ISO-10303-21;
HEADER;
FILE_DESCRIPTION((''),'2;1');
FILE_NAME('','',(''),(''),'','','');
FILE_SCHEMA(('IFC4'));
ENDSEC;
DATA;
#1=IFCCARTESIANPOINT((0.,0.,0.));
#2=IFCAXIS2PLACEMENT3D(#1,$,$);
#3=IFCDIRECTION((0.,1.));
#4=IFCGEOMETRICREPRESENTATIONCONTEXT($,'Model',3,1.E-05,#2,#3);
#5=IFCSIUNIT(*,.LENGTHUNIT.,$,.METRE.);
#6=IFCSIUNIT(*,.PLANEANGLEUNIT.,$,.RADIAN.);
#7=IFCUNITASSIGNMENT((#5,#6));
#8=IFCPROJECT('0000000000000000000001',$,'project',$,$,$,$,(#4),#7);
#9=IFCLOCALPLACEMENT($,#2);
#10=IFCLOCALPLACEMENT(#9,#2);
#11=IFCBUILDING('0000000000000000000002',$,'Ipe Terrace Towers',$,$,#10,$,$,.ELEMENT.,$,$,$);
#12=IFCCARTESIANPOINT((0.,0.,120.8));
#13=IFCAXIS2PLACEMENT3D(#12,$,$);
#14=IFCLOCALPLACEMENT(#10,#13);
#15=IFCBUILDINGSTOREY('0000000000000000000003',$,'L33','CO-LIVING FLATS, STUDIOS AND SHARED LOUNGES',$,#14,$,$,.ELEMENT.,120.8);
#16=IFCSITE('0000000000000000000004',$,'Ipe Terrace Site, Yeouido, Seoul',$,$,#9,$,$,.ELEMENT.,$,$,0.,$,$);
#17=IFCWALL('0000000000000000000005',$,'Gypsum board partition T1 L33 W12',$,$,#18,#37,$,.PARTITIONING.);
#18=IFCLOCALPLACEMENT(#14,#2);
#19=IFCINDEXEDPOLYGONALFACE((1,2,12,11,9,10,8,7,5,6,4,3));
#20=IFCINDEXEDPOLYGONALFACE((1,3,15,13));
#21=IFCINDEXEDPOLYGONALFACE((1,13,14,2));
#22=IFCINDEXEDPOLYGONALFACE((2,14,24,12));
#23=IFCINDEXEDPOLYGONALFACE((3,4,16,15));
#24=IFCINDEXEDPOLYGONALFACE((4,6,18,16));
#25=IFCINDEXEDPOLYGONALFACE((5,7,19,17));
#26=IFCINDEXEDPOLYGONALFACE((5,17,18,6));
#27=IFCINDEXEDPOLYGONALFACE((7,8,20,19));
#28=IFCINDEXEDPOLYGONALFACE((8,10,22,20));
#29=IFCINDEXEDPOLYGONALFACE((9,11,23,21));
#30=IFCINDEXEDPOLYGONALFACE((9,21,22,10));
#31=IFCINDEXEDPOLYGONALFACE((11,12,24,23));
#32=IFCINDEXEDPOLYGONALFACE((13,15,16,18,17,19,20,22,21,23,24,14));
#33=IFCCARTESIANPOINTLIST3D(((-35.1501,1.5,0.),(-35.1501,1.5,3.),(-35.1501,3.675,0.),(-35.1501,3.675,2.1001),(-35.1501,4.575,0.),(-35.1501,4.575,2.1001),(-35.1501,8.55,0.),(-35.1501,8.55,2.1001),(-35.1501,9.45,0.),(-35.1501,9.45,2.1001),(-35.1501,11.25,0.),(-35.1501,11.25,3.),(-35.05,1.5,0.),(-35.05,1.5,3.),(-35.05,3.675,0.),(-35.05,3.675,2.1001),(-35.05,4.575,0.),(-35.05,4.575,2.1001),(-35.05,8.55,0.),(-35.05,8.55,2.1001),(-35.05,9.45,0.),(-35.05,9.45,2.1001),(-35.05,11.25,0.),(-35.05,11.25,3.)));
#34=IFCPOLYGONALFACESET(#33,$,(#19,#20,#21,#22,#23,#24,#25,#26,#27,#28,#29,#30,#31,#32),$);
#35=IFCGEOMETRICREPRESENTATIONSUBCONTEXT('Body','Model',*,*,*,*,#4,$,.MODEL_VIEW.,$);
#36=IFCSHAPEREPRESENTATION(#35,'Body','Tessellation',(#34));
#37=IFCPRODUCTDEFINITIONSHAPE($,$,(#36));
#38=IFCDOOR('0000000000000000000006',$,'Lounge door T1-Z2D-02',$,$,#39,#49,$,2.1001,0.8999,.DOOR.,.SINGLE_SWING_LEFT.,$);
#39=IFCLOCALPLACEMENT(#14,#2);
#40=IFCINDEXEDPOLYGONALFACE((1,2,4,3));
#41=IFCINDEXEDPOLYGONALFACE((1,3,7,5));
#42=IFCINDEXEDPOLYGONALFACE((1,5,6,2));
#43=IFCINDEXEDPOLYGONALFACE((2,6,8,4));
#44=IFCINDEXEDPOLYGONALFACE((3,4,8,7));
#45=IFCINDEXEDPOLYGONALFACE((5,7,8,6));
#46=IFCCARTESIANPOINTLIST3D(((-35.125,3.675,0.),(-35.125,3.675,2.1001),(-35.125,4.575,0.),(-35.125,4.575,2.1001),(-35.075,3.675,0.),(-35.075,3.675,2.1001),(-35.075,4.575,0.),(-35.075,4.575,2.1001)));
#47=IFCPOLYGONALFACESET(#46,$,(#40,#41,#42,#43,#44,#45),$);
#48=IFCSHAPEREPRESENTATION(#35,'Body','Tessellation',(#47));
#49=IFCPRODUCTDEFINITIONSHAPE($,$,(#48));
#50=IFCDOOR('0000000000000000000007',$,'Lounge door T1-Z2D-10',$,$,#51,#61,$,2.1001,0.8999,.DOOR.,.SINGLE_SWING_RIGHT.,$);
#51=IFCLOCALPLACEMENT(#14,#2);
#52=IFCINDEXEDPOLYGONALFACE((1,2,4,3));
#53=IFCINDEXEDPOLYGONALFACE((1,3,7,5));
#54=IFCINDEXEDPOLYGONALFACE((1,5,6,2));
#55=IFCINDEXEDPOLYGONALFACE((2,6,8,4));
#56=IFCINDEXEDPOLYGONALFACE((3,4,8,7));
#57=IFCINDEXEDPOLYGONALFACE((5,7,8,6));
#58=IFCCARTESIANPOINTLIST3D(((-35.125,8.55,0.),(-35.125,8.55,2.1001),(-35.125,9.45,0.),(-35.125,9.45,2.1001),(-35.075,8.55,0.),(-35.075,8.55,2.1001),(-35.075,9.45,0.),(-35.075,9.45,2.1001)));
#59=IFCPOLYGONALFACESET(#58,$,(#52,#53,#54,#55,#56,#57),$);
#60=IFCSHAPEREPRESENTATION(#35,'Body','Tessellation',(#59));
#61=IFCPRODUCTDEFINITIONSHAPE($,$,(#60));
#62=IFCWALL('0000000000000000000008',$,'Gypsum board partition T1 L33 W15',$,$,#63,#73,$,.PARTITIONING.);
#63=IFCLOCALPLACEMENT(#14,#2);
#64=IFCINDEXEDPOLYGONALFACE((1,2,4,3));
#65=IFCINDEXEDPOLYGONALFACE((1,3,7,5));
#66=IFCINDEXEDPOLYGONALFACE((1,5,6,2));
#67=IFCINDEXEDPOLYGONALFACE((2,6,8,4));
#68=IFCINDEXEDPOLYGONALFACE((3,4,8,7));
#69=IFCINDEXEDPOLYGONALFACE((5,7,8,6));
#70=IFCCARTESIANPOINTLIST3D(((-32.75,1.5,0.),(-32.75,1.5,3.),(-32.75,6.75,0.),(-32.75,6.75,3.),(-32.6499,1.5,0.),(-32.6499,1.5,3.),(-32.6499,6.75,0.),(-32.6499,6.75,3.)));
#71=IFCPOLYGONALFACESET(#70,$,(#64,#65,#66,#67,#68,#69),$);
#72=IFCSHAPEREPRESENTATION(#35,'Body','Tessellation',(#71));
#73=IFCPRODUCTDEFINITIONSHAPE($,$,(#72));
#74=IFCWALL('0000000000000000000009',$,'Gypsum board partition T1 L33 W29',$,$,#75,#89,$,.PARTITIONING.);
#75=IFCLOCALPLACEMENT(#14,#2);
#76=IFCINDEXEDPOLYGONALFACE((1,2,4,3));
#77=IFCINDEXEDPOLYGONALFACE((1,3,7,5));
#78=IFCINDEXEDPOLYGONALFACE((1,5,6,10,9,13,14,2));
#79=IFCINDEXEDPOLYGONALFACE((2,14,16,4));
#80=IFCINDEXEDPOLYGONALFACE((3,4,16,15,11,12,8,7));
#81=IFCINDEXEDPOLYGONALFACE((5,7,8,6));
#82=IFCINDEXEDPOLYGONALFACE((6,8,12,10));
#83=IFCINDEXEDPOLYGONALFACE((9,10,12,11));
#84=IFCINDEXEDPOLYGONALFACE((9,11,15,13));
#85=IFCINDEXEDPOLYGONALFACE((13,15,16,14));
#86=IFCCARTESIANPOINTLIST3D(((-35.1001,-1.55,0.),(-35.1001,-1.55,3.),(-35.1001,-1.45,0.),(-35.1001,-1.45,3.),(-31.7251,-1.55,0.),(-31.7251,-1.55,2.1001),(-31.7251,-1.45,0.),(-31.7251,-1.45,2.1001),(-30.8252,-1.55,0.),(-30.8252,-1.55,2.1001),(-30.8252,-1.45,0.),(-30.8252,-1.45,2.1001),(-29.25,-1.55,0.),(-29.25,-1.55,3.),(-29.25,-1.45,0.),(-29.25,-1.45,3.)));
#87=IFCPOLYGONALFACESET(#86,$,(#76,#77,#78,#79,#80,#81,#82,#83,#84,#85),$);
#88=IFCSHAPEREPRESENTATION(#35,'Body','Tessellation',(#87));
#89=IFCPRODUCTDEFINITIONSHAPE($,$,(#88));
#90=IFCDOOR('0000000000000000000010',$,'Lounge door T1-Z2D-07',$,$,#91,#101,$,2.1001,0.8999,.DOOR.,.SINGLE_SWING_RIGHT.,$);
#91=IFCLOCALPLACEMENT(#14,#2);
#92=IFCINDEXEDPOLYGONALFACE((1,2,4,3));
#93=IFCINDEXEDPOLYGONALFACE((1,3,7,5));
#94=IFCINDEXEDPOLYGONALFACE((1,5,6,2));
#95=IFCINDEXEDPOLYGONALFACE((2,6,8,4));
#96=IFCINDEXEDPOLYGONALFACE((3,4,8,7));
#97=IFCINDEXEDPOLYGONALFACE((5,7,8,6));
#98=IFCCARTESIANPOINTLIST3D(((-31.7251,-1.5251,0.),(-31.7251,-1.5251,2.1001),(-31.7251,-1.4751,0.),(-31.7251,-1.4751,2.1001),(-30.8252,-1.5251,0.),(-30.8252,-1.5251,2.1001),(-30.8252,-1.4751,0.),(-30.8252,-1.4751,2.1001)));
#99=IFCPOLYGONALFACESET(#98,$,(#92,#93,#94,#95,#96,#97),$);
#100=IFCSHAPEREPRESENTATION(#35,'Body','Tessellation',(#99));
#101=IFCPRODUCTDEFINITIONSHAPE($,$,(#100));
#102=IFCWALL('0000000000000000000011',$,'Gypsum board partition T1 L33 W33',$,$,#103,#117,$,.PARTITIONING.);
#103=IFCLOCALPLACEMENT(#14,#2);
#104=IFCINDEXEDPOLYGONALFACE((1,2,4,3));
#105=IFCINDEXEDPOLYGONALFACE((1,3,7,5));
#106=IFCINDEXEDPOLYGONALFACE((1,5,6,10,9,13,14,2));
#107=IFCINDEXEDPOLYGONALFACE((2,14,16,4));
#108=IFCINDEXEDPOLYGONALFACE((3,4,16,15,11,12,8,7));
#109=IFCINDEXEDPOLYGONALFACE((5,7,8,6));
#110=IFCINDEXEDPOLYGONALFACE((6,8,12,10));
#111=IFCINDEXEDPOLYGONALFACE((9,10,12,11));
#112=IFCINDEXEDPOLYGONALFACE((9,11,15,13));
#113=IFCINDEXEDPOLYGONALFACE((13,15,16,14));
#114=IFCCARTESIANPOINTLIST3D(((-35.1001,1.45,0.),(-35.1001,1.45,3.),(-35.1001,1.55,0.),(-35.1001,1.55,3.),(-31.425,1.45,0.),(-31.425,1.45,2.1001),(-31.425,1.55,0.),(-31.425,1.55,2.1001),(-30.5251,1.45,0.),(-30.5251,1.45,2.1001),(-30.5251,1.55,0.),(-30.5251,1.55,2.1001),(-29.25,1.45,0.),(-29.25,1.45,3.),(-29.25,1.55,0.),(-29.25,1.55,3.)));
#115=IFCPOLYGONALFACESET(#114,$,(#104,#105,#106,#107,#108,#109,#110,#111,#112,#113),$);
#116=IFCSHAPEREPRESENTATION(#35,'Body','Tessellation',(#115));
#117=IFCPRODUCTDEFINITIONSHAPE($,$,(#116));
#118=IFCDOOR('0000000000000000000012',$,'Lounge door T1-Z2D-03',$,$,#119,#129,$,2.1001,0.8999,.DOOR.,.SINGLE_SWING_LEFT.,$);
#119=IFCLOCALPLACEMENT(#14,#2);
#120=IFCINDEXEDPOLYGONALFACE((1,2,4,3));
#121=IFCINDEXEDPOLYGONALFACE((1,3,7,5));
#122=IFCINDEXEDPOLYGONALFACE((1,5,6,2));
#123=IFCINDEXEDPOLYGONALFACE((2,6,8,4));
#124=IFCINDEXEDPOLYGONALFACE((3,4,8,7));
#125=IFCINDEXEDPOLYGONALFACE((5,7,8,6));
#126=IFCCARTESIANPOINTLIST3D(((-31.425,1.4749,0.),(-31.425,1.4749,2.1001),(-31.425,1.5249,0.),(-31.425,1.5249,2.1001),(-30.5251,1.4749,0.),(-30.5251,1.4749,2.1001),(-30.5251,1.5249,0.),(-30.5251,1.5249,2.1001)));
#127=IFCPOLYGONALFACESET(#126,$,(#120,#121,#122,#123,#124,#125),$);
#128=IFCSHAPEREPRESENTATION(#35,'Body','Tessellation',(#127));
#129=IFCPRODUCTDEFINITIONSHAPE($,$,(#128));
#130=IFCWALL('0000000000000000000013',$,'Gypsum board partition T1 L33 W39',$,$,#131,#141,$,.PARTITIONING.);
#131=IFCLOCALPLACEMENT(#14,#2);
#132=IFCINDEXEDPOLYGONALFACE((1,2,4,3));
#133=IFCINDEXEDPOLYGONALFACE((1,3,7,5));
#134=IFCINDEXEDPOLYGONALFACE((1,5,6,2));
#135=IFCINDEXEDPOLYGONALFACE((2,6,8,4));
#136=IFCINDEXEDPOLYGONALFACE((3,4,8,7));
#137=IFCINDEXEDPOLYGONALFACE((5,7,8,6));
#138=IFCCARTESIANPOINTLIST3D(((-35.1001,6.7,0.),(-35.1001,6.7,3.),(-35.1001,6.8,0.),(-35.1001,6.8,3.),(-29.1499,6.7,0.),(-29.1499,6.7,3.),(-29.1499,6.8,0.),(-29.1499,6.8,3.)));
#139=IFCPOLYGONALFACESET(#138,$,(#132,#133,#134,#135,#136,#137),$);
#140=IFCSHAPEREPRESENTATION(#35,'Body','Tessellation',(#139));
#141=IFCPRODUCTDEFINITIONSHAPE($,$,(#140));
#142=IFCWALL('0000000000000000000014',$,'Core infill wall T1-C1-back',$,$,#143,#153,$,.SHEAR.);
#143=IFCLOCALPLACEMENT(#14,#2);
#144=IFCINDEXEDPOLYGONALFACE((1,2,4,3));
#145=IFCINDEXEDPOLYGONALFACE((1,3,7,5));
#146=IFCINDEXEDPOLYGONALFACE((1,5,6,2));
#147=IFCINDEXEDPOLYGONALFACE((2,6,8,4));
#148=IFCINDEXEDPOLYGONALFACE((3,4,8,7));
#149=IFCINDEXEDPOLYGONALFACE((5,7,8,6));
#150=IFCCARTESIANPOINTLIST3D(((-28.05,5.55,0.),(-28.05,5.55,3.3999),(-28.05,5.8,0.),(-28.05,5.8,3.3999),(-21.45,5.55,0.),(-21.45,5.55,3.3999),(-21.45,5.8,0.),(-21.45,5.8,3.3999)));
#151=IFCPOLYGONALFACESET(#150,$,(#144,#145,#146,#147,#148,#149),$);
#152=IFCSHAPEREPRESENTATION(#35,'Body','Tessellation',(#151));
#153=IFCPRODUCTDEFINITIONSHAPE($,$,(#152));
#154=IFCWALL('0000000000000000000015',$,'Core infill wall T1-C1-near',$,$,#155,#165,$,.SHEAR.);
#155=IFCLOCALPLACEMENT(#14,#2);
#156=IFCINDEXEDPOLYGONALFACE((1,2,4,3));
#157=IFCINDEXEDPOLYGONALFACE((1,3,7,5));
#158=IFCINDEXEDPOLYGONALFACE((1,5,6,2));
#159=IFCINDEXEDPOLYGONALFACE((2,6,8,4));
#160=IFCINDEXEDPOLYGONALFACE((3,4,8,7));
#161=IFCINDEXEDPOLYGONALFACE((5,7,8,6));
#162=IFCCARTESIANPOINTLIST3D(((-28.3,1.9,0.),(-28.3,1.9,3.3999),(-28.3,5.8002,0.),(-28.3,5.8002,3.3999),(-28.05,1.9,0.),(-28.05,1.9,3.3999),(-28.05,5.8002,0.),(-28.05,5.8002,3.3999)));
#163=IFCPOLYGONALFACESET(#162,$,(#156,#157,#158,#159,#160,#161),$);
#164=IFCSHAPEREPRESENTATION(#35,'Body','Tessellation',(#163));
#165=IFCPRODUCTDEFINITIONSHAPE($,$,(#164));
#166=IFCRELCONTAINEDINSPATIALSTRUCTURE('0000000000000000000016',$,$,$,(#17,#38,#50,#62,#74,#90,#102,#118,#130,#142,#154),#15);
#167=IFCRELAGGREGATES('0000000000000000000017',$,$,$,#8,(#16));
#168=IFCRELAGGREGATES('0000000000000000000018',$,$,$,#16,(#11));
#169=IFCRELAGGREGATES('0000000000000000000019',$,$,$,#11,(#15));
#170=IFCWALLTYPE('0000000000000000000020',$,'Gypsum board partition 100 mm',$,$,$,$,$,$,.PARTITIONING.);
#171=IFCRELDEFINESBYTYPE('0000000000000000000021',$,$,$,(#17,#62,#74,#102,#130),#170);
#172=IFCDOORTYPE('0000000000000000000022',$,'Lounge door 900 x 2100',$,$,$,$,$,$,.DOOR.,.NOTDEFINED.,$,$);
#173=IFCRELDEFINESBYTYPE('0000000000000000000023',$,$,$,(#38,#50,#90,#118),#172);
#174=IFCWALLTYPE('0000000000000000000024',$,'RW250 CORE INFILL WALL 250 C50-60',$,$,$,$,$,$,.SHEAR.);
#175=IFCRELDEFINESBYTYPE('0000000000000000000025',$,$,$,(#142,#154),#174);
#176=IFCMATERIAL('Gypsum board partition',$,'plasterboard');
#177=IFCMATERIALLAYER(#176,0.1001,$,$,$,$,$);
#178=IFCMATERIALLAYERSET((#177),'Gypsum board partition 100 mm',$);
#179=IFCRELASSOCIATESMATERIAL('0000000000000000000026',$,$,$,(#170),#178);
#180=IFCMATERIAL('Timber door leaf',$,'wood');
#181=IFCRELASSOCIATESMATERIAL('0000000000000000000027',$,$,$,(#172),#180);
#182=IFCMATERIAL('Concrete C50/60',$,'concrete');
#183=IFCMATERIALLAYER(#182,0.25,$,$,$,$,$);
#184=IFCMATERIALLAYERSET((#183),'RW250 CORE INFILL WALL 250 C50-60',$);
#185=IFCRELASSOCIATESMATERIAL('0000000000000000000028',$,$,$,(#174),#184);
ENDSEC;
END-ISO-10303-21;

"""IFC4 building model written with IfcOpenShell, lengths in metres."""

from ifc_helpers import new_model, si_unit, direction, frame, frame_2d, origin, place, context, subcontext, project, spatial, rectangle, extrude, material, layer, layer_set, type_object, element, fill, save


model = new_model("IFC4")

# Units and contexts
model_context = context("Model", 3, precision=1e-05, world=origin(), true_north=direction((0.0, 1.0)))
body_context = subcontext(model_context, "Body", "Model", "MODEL_VIEW")
ifc_project = project(units=[si_unit("LENGTHUNIT", "METRE"), si_unit("PLANEANGLEUNIT", "RADIAN")], contexts=[model_context])

# Site, building, storey
site_placement = place(None, origin())
site = spatial("IfcSite", under=ifc_project, at=site_placement, Name="Ipe Terrace Site, Yeouido, Seoul", CompositionType="ELEMENT", RefElevation=0.0)
building_placement = place(site_placement, origin())
building = spatial("IfcBuilding", under=site, at=building_placement, Name="Ipe Terrace Towers", CompositionType="ELEMENT")
storey_placement = place(building_placement, frame((0.0, 0.0, 120.8)))
storey = spatial("IfcBuildingStorey", under=building, at=storey_placement, Name="L33", Description="CO-LIVING FLATS, STUDIOS AND SHARED LOUNGES", CompositionType="ELEMENT", Elevation=120.8)

# Wall, openings, doors
ifc_material_1 = material(Name="Gypsum board partition", Category="plasterboard")
ifc_layer_1 = layer(ifc_material_1, 0.1001)
ifc_layer_set_1 = layer_set([ifc_layer_1], Name="Gypsum board partition 100 mm")
wall_type_1 = type_object("IfcWallType", Name="Gypsum board partition 100 mm", PredefinedType="PARTITIONING", material=ifc_layer_set_1)
ifc_material_2 = material(Name="Timber door leaf", Category="wood")
door_type_1 = type_object("IfcDoorType", Name="Lounge door 900 x 2100", OperationType="NOTDEFINED", PredefinedType="DOOR", material=ifc_material_2)
wall_1_placement = place(storey_placement, frame((-35.1001, 1.5, 0.0), z_axis=(0.0, 0.0, 1.0), x_axis=(0.0, 1.0, 0.0)))
wall_1 = element("IfcWall", 1, at=wall_1_placement, inside=storey, type_object=wall_type_1, Name="Gypsum board partition T1 L33 W12", PredefinedType="PARTITIONING", context=body_context, shape_type="SweptSolid", body=[
    extrude(rectangle(XDim=9.75, YDim=0.1001, at=frame_2d((4.875, 0.0))), origin(), (0.0, 0.0, 1.0), 3.0),
])
opening_1_placement = place(wall_1_placement, frame((2.175, 0.0, 0.0)))
opening_1 = element("IfcOpeningElement", 2, at=opening_1_placement, cuts=wall_1, PredefinedType="OPENING", context=body_context, shape_type="SweptSolid", body=[
    extrude(rectangle(XDim=0.8999, YDim=2.1001, at=frame_2d((0.45, 1.05))), frame((0.0, 0.0601, 0.0), z_axis=(0.0, -1.0, 0.0), x_axis=(1.0, 0.0, 0.0)), (0.0, 0.0, 1.0), 0.1201),
])
opening_2_placement = place(wall_1_placement, frame((7.05, 0.0, 0.0)))
opening_2 = element("IfcOpeningElement", 3, at=opening_2_placement, cuts=wall_1, PredefinedType="OPENING", context=body_context, shape_type="SweptSolid", body=[
    extrude(rectangle(XDim=0.8999, YDim=2.1001, at=frame_2d((0.45, 1.05))), frame((0.0, 0.0601, 0.0), z_axis=(0.0, -1.0, 0.0), x_axis=(1.0, 0.0, 0.0)), (0.0, 0.0, 1.0), 0.1201),
])
door_1_placement = place(opening_1_placement, origin())
door_1 = element("IfcDoor", 4, at=door_1_placement, inside=storey, type_object=door_type_1, Name="Lounge door T1-Z2D-02", OperationType="SINGLE_SWING_LEFT", OverallHeight=2.1001, OverallWidth=0.8999, PredefinedType="DOOR", context=body_context, shape_type="SweptSolid", body=[
    extrude(rectangle(XDim=0.8999, YDim=2.1001, at=frame_2d((0.45, 1.05))), frame((0.0, 0.0249, 0.0), z_axis=(0.0, -1.0, 0.0), x_axis=(1.0, 0.0, 0.0)), (0.0, 0.0, 1.0), 0.05),
])
fill(opening_1, door_1)
door_2_placement = place(opening_2_placement, origin())
door_2 = element("IfcDoor", 5, at=door_2_placement, inside=storey, type_object=door_type_1, Name="Lounge door T1-Z2D-10", OperationType="SINGLE_SWING_RIGHT", OverallHeight=2.1001, OverallWidth=0.8999, PredefinedType="DOOR", context=body_context, shape_type="SweptSolid", body=[
    extrude(rectangle(XDim=0.8999, YDim=2.1001, at=frame_2d((0.45, 1.05))), frame((0.0, 0.0249, 0.0), z_axis=(0.0, -1.0, 0.0), x_axis=(1.0, 0.0, 0.0)), (0.0, 0.0, 1.0), 0.05),
])
fill(opening_2, door_2)

# Wall
wall_2_placement = place(storey_placement, frame((-32.7, 1.5, 0.0), z_axis=(0.0, 0.0, 1.0), x_axis=(0.0, 1.0, 0.0)))
element("IfcWall", 6, at=wall_2_placement, inside=storey, type_object=wall_type_1, Name="Gypsum board partition T1 L33 W15", PredefinedType="PARTITIONING", context=body_context, shape_type="SweptSolid", body=[
    extrude(rectangle(XDim=5.25, YDim=0.1001, at=frame_2d((2.625, 0.0))), origin(), (0.0, 0.0, 1.0), 3.0),
])

# Walls, openings, doors
wall_3_placement = place(storey_placement, frame((-35.1001, -1.5, 0.0), z_axis=(0.0, 0.0, 1.0), x_axis=(1.0, 0.0, 0.0)))
wall_3 = element("IfcWall", 7, at=wall_3_placement, inside=storey, type_object=wall_type_1, Name="Gypsum board partition T1 L33 W29", PredefinedType="PARTITIONING", context=body_context, shape_type="SweptSolid", body=[
    extrude(rectangle(XDim=5.8501, YDim=0.1001, at=frame_2d((2.925, 0.0))), origin(), (0.0, 0.0, 1.0), 3.0),
])
opening_3_placement = place(wall_3_placement, frame((3.375, 0.0, 0.0)))
opening_3 = element("IfcOpeningElement", 8, at=opening_3_placement, cuts=wall_3, PredefinedType="OPENING", context=body_context, shape_type="SweptSolid", body=[
    extrude(rectangle(XDim=0.8999, YDim=2.1001, at=frame_2d((0.45, 1.05))), frame((0.0, 0.0601, 0.0), z_axis=(0.0, -1.0, 0.0), x_axis=(1.0, 0.0, 0.0)), (0.0, 0.0, 1.0), 0.1201),
])
door_3_placement = place(opening_3_placement, origin())
door_3 = element("IfcDoor", 9, at=door_3_placement, inside=storey, type_object=door_type_1, Name="Lounge door T1-Z2D-07", OperationType="SINGLE_SWING_RIGHT", OverallHeight=2.1001, OverallWidth=0.8999, PredefinedType="DOOR", context=body_context, shape_type="SweptSolid", body=[
    extrude(rectangle(XDim=0.8999, YDim=2.1001, at=frame_2d((0.45, 1.05))), frame((0.0, 0.0249, 0.0), z_axis=(0.0, -1.0, 0.0), x_axis=(1.0, 0.0, 0.0)), (0.0, 0.0, 1.0), 0.05),
])
fill(opening_3, door_3)
wall_4_placement = place(storey_placement, frame((-35.1001, 1.5, 0.0), z_axis=(0.0, 0.0, 1.0), x_axis=(1.0, 0.0, 0.0)))
wall_4 = element("IfcWall", 10, at=wall_4_placement, inside=storey, type_object=wall_type_1, Name="Gypsum board partition T1 L33 W33", PredefinedType="PARTITIONING", context=body_context, shape_type="SweptSolid", body=[
    extrude(rectangle(XDim=5.8501, YDim=0.1001, at=frame_2d((2.925, 0.0))), origin(), (0.0, 0.0, 1.0), 3.0),
])
opening_4_placement = place(wall_4_placement, frame((3.675, 0.0, 0.0)))
opening_4 = element("IfcOpeningElement", 11, at=opening_4_placement, cuts=wall_4, PredefinedType="OPENING", context=body_context, shape_type="SweptSolid", body=[
    extrude(rectangle(XDim=0.8999, YDim=2.1001, at=frame_2d((0.45, 1.05))), frame((0.0, 0.0601, 0.0), z_axis=(0.0, -1.0, 0.0), x_axis=(1.0, 0.0, 0.0)), (0.0, 0.0, 1.0), 0.1201),
])
door_4_placement = place(opening_4_placement, origin())
door_4 = element("IfcDoor", 12, at=door_4_placement, inside=storey, type_object=door_type_1, Name="Lounge door T1-Z2D-03", OperationType="SINGLE_SWING_LEFT", OverallHeight=2.1001, OverallWidth=0.8999, PredefinedType="DOOR", context=body_context, shape_type="SweptSolid", body=[
    extrude(rectangle(XDim=0.8999, YDim=2.1001, at=frame_2d((0.45, 1.05))), frame((0.0, 0.0249, 0.0), z_axis=(0.0, -1.0, 0.0), x_axis=(1.0, 0.0, 0.0)), (0.0, 0.0, 1.0), 0.05),
])
fill(opening_4, door_4)

# Walls
wall_5_placement = place(storey_placement, frame((-35.1001, 6.75, 0.0), z_axis=(0.0, 0.0, 1.0), x_axis=(1.0, 0.0, 0.0)))
element("IfcWall", 13, at=wall_5_placement, inside=storey, type_object=wall_type_1, Name="Gypsum board partition T1 L33 W39", PredefinedType="PARTITIONING", context=body_context, shape_type="SweptSolid", body=[
    extrude(rectangle(XDim=5.9502, YDim=0.1001, at=frame_2d((2.9751, 0.0))), origin(), (0.0, 0.0, 1.0), 3.0),
])
ifc_material_3 = material(Name="Concrete C50/60", Category="concrete")
ifc_layer_2 = layer(ifc_material_3, 0.25)
ifc_layer_set_2 = layer_set([ifc_layer_2], Name="RW250 CORE INFILL WALL 250 C50-60")
wall_type_2 = type_object("IfcWallType", Name="RW250 CORE INFILL WALL 250 C50-60", PredefinedType="SHEAR", material=ifc_layer_set_2)
wall_6_placement = place(storey_placement, frame((-28.05, 5.675, 0.0), z_axis=(0.0, 0.0, 1.0), x_axis=(1.0, 0.0, 0.0)))
element("IfcWall", 14, at=wall_6_placement, inside=storey, type_object=wall_type_2, Name="Core infill wall T1-C1-back", PredefinedType="SHEAR", context=body_context, shape_type="SweptSolid", body=[
    extrude(rectangle(XDim=6.6001, YDim=0.25, at=frame_2d((3.3, 0.0))), origin(), (0.0, 0.0, 1.0), 3.3999),
])
wall_7_placement = place(storey_placement, frame((-28.175, 1.8999, 0.0), z_axis=(0.0, 0.0, 1.0), x_axis=(0.0, 1.0, 0.0)))
element("IfcWall", 15, at=wall_7_placement, inside=storey, type_object=wall_type_2, Name="Core infill wall T1-C1-near", PredefinedType="SHEAR", context=body_context, shape_type="SweptSolid", body=[
    extrude(rectangle(XDim=3.9001, YDim=0.25, at=frame_2d((1.9502, 0.0))), origin(), (0.0, 0.0, 1.0), 3.3999),
])

save(model, "model.ifc")
